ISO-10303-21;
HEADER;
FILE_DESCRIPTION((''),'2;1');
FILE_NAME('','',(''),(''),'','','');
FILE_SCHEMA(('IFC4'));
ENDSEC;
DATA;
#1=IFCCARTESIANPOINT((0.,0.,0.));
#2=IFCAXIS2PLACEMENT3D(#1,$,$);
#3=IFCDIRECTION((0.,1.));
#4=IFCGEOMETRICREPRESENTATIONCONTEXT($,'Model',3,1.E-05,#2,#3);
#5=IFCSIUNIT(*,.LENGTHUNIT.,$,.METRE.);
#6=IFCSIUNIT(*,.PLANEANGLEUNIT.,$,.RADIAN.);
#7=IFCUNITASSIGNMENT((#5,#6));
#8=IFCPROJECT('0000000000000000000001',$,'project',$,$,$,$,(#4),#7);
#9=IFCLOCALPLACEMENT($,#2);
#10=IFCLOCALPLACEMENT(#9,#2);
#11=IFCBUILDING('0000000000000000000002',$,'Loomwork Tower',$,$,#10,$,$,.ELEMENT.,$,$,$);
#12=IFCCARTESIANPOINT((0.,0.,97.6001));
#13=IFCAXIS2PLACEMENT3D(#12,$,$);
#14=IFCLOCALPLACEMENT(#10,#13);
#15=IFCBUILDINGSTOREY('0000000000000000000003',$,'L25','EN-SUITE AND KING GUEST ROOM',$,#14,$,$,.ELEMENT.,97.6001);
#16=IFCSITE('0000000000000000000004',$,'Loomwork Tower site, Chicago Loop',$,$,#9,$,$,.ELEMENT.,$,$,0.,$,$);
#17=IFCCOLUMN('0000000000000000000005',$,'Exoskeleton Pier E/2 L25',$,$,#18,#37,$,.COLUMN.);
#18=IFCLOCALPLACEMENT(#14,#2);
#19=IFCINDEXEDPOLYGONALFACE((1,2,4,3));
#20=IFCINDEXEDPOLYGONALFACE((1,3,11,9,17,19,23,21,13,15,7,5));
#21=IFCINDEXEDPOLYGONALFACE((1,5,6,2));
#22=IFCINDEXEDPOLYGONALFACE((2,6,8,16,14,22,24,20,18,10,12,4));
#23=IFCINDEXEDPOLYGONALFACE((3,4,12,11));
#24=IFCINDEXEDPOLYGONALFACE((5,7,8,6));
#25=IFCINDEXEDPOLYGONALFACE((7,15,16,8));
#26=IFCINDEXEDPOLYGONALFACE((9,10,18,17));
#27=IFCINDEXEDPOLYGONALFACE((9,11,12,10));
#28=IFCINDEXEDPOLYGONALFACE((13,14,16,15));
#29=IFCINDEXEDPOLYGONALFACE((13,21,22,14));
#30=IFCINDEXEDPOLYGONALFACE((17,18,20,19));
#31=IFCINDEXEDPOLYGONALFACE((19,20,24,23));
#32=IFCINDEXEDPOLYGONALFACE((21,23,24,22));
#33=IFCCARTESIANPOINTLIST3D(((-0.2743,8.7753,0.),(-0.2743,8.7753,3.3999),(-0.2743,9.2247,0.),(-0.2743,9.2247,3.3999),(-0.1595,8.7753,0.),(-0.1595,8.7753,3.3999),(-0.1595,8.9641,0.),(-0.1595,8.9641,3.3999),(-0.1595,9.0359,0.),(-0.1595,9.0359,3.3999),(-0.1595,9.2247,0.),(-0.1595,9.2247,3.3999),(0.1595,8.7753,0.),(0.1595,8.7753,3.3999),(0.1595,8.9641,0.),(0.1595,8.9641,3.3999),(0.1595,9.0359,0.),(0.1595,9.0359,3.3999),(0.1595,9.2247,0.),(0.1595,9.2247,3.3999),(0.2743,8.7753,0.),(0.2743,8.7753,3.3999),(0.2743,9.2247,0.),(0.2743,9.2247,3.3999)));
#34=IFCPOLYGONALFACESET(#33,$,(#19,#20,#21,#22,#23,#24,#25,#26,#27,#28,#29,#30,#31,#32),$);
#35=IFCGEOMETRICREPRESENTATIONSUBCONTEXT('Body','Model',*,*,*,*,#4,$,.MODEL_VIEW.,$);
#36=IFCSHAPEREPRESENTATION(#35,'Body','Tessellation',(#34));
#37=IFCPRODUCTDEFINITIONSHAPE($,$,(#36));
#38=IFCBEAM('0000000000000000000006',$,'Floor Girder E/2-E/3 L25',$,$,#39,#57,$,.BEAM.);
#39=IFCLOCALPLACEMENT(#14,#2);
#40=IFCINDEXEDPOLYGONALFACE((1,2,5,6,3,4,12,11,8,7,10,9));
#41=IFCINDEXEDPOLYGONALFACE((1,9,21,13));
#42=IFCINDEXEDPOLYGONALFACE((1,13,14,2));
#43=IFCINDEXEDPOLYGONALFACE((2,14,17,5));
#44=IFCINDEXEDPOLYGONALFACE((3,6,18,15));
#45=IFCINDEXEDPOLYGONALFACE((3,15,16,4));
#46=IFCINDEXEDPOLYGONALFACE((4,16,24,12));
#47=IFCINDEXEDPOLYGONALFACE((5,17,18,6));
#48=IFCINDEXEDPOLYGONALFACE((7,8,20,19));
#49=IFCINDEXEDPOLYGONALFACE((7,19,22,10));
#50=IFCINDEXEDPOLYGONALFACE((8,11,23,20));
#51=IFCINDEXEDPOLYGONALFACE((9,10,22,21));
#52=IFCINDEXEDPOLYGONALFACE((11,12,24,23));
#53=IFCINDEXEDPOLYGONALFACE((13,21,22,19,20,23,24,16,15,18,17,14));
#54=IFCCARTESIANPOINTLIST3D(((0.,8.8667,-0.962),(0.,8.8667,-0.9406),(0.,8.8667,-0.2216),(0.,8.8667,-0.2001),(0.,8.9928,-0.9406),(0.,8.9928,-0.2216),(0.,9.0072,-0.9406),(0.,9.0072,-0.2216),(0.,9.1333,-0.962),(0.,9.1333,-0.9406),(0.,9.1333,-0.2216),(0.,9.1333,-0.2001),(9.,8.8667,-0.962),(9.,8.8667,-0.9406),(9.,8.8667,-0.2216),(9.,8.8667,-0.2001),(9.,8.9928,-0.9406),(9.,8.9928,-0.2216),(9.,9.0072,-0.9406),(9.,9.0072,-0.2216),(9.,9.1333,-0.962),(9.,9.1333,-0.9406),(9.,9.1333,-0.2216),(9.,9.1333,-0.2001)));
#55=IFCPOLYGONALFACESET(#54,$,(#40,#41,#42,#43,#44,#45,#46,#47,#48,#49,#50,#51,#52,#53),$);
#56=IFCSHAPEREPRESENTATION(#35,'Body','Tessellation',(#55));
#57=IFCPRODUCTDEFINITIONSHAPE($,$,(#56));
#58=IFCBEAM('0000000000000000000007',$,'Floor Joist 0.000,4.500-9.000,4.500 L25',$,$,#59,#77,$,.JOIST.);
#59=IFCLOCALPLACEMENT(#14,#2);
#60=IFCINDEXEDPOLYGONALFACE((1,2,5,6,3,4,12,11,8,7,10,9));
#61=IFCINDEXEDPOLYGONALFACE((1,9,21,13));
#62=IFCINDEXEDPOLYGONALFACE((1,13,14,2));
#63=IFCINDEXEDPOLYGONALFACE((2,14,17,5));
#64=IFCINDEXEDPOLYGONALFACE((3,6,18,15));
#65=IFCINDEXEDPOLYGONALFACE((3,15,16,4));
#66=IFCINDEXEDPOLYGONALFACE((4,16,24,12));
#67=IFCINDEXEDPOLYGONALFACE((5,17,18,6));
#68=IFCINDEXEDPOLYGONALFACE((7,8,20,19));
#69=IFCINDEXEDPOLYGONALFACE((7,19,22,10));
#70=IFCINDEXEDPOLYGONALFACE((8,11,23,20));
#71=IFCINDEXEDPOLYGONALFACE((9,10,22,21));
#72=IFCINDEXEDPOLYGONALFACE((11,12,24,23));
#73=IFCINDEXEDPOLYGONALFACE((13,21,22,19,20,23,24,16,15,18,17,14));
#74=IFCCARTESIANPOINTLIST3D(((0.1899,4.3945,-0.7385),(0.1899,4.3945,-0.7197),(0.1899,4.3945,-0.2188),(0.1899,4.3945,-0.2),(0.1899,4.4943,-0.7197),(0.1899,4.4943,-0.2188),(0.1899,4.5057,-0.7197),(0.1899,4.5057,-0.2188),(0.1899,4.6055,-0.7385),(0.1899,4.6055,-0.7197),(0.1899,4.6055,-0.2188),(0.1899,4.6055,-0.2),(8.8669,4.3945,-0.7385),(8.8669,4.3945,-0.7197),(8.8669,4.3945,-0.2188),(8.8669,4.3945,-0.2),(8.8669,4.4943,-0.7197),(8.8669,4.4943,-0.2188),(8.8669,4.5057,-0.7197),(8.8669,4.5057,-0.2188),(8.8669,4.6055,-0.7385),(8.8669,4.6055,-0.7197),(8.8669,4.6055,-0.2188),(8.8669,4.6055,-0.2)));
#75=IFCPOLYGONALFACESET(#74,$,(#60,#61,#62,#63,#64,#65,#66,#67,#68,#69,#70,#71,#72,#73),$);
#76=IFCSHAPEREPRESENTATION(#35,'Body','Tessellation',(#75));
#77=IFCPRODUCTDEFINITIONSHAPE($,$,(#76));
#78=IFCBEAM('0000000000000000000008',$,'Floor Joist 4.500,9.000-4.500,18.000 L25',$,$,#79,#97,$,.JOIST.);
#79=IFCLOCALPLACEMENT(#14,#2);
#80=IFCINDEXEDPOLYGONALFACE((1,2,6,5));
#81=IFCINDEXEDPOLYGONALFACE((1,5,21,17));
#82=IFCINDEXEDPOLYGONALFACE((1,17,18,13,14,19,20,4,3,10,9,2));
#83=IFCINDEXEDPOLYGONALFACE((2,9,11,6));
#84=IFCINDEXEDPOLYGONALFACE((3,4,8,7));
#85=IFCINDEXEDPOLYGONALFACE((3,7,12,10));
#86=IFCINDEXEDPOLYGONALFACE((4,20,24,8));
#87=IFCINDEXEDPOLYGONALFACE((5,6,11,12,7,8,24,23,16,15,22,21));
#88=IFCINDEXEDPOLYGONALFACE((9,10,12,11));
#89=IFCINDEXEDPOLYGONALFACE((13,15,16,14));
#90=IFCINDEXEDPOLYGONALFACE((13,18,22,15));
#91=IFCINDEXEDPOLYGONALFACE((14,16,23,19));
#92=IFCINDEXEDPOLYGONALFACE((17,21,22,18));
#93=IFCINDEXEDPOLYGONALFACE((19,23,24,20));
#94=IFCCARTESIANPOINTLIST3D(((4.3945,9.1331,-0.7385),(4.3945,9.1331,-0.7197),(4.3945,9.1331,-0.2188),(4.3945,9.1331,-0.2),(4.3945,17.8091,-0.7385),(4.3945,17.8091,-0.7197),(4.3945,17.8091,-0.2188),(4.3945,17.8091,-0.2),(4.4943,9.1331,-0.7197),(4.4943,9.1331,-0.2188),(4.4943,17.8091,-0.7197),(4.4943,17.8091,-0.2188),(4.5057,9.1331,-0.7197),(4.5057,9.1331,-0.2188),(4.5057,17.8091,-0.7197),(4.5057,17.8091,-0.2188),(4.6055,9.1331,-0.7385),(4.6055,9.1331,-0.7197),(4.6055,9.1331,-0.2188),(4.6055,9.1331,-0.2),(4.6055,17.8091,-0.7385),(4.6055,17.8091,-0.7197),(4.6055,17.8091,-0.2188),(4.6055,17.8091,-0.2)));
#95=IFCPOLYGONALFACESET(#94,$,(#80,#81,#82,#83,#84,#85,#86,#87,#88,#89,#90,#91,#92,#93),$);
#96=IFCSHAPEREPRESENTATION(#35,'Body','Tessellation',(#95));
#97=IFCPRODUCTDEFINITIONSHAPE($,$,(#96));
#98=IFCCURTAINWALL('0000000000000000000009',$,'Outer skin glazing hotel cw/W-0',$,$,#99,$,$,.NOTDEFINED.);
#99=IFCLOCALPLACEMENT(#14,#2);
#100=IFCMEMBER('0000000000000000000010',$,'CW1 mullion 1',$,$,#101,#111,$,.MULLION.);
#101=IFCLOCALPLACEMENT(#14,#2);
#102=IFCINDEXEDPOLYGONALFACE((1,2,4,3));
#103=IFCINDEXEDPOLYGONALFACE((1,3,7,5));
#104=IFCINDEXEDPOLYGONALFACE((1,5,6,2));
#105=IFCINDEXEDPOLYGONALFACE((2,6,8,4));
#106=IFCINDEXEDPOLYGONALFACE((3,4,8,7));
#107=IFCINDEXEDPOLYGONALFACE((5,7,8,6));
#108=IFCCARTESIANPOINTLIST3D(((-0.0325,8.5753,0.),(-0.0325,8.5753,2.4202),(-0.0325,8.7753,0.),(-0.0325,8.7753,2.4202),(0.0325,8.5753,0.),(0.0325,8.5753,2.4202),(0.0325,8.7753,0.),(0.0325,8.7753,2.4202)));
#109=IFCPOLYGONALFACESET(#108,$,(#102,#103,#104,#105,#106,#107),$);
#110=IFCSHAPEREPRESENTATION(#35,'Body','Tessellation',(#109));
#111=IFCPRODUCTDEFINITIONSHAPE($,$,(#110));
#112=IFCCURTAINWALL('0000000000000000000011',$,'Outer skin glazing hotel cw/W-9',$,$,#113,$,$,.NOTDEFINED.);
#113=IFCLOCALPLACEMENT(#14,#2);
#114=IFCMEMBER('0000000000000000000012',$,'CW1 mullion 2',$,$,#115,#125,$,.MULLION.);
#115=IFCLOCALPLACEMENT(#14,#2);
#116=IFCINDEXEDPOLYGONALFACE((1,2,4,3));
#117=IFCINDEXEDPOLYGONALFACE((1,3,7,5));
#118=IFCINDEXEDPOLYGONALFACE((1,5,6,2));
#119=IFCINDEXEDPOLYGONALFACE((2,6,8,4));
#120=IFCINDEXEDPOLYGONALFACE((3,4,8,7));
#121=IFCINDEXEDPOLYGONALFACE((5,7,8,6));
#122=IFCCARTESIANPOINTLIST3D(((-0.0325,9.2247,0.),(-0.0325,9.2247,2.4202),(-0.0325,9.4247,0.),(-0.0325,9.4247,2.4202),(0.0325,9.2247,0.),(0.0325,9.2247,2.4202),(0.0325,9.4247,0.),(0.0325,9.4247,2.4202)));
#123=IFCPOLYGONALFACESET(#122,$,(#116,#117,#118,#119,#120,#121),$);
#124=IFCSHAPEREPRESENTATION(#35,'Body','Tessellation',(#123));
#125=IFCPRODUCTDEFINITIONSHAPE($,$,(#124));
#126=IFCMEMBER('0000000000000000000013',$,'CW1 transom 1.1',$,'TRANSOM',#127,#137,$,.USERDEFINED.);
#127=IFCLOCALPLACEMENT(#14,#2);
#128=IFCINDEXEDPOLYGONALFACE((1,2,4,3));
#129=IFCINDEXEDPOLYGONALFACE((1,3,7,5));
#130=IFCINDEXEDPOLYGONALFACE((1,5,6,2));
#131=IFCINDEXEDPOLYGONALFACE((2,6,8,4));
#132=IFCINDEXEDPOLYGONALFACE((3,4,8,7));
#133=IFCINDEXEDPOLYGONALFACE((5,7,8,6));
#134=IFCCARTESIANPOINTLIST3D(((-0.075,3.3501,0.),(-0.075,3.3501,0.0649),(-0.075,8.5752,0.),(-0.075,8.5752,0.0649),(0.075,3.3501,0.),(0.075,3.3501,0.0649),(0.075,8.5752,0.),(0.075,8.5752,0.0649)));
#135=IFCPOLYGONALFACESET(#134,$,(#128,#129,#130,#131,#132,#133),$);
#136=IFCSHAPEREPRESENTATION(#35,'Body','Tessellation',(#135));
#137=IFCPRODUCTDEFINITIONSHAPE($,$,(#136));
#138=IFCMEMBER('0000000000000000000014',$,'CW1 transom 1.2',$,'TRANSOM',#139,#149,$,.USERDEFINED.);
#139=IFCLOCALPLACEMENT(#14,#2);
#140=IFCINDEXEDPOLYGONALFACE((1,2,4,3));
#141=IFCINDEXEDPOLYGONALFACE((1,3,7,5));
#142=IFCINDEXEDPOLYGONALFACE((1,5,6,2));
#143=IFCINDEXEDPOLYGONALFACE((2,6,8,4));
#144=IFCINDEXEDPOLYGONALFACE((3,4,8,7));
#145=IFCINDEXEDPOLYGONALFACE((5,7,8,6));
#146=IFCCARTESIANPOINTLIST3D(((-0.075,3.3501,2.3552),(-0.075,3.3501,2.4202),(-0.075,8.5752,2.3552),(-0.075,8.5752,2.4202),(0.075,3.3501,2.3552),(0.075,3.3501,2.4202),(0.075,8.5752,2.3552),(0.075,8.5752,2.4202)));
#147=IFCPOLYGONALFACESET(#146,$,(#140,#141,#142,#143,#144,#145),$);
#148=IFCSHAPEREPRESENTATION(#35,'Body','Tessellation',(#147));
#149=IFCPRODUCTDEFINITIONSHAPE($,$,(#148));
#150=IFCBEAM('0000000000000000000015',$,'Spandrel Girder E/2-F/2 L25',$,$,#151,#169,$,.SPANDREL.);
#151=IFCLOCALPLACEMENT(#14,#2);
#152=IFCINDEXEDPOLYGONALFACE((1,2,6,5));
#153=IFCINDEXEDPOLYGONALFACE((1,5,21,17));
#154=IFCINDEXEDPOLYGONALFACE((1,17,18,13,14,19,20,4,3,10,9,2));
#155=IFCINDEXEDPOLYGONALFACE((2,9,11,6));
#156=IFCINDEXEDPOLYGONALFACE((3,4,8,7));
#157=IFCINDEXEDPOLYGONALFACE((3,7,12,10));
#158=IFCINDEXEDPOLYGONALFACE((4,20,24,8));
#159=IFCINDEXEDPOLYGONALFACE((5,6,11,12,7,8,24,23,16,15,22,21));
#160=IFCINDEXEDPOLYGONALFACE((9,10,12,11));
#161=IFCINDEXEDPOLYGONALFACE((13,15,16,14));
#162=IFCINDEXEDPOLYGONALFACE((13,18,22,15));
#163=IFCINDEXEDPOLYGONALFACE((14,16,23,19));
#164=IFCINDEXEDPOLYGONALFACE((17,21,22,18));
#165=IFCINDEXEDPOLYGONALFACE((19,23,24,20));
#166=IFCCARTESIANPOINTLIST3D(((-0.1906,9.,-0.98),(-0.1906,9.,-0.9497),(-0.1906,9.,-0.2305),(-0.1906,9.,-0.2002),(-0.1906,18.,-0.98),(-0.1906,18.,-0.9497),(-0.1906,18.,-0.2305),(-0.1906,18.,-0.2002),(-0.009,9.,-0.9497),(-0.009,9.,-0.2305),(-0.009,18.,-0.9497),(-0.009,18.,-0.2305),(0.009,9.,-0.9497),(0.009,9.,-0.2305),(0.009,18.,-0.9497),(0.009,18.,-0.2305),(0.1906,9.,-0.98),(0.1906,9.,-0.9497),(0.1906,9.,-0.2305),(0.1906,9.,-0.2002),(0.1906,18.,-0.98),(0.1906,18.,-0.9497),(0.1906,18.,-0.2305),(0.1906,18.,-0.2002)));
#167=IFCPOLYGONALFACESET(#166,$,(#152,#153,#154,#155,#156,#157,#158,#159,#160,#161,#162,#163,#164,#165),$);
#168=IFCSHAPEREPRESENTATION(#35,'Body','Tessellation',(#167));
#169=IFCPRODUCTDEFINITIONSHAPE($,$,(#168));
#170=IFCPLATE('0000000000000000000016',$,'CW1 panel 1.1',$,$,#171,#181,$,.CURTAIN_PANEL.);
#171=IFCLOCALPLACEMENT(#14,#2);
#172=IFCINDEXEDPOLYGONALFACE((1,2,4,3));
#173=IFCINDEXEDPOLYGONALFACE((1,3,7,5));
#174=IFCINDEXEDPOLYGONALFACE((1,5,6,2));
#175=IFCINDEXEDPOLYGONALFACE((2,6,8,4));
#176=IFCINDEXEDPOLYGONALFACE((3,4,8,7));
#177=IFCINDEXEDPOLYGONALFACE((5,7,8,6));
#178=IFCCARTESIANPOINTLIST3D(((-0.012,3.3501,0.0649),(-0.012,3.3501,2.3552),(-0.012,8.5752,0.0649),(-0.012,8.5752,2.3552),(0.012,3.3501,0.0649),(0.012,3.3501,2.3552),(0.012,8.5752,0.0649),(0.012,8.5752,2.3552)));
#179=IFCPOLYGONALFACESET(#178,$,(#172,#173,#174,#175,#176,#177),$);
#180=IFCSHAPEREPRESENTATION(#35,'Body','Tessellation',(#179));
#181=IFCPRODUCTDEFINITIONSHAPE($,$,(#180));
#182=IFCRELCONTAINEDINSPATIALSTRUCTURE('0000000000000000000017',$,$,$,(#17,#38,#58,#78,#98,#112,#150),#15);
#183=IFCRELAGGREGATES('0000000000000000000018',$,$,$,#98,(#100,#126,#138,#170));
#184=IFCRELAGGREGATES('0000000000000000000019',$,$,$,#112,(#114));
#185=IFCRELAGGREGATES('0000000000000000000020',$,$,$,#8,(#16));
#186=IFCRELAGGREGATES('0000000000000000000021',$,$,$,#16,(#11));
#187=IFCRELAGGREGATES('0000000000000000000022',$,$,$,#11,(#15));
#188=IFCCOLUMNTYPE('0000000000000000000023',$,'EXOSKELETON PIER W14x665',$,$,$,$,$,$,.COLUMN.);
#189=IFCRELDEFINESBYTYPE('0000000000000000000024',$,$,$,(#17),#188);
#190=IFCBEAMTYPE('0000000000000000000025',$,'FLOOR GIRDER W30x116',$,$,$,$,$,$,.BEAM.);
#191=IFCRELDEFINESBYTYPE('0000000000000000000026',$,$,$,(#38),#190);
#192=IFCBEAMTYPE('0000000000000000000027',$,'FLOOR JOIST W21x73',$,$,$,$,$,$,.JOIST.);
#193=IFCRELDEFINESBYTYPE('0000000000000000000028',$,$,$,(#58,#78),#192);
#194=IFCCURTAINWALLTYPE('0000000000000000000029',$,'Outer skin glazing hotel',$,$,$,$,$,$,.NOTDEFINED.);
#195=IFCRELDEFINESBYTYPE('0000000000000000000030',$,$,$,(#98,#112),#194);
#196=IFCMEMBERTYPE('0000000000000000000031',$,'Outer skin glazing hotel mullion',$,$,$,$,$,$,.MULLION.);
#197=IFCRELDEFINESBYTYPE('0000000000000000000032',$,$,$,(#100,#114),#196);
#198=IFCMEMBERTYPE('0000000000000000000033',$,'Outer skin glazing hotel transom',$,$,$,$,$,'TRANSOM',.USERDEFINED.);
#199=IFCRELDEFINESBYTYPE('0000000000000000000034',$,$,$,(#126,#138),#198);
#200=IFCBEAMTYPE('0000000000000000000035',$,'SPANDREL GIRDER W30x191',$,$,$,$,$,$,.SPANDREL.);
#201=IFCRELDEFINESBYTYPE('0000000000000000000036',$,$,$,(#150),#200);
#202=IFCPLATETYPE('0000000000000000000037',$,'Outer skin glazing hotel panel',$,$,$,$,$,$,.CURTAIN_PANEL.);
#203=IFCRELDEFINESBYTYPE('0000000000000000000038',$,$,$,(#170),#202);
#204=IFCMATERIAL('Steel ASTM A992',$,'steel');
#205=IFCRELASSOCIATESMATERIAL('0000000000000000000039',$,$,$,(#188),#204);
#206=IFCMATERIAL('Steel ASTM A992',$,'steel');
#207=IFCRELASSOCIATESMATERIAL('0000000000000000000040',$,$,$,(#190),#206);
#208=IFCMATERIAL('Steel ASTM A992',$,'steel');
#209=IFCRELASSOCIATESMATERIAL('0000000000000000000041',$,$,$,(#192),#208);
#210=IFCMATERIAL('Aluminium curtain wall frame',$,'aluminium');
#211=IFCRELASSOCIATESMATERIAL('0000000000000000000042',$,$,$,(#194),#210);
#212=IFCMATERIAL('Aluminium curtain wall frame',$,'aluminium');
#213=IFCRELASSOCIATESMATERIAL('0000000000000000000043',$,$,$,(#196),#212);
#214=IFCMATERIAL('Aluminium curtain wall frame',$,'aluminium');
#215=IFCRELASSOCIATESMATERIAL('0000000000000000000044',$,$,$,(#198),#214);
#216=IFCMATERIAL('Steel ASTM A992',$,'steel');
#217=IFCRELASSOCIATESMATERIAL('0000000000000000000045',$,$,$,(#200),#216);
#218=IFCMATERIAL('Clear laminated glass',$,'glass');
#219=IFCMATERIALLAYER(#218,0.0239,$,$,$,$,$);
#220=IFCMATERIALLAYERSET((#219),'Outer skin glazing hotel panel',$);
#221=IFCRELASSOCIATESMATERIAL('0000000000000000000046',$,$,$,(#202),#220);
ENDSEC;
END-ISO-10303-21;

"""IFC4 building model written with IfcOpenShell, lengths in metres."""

from ifc_helpers import new_model, si_unit, direction, frame, origin, origin_2d, place, context, subcontext, project, spatial, rectangle, i_section, extrude, material, layer, layer_set, material_profile, profile_set, type_object, element, aggregate, save


model = new_model("IFC4")

# Units and contexts
model_context = context("Model", 3, precision=1e-05, world=origin(), true_north=direction((0.0, 1.0)))
body_context = subcontext(model_context, "Body", "Model", "MODEL_VIEW")
ifc_project = project(units=[si_unit("LENGTHUNIT", "METRE"), si_unit("PLANEANGLEUNIT", "RADIAN")], contexts=[model_context])

# Site, building, storey
site_placement = place(None, origin())
site = spatial("IfcSite", under=ifc_project, at=site_placement, Name="Loomwork Tower site, Chicago Loop", CompositionType="ELEMENT", RefElevation=0.0)
building_placement = place(site_placement, origin())
building = spatial("IfcBuilding", under=site, at=building_placement, Name="Loomwork Tower", CompositionType="ELEMENT")
storey_placement = place(building_placement, frame((0.0, 0.0, 97.6001)))
storey = spatial("IfcBuildingStorey", under=building, at=storey_placement, Name="L25", Description="EN-SUITE AND KING GUEST ROOM", CompositionType="ELEMENT", Elevation=97.6001)

# Column
ifc_material_1 = material(Name="Steel ASTM A992", Category="steel")
ifc_material_profile_1 = material_profile(ifc_material_1, i_section(OverallWidth=0.4495, OverallDepth=0.5486, WebThickness=0.0718, FlangeThickness=0.1147, at=origin_2d()), Name="W14x665")
ifc_profile_set_1 = profile_set([ifc_material_profile_1], Name="Steel ASTM A992")
column_type = type_object("IfcColumnType", Name="EXOSKELETON PIER W14x665", PredefinedType="COLUMN", material=ifc_profile_set_1)
column_placement = place(storey_placement, frame((0.0, 9.0, 0.0), z_axis=(0.0, 0.0, 1.0), x_axis=(0.0, 1.0, 0.0)))
element("IfcColumn", 1, at=column_placement, inside=storey, type_object=column_type, Name="Exoskeleton Pier E/2 L25", PredefinedType="COLUMN", context=body_context, shape_type="SweptSolid", body=[
    extrude(i_section(OverallWidth=0.4495, OverallDepth=0.5486, WebThickness=0.0718, FlangeThickness=0.1147, at=origin_2d()), origin(), (0.0, 0.0, 1.0), 3.3999),
])

# Beams
ifc_material_2 = material(Name="Steel ASTM A992", Category="steel")
ifc_material_profile_2 = material_profile(ifc_material_2, i_section(OverallWidth=0.2666, OverallDepth=0.762, WebThickness=0.0144, FlangeThickness=0.0215, at=origin_2d()), Name="W30x116")
ifc_profile_set_2 = profile_set([ifc_material_profile_2], Name="Steel ASTM A992")
beam_type_1 = type_object("IfcBeamType", Name="FLOOR GIRDER W30x116", PredefinedType="BEAM", material=ifc_profile_set_2)
beam_1_placement = place(storey_placement, frame((0.0, 9.0, -0.5811), z_axis=(1.0, 0.0, 0.0), x_axis=(0.0, 1.0, 0.0)))
element("IfcBeam", 2, at=beam_1_placement, inside=storey, type_object=beam_type_1, Name="Floor Girder E/2-E/3 L25", PredefinedType="BEAM", context=body_context, shape_type="SweptSolid", body=[
    extrude(i_section(OverallWidth=0.2666, OverallDepth=0.762, WebThickness=0.0144, FlangeThickness=0.0215, at=origin_2d()), origin(), (0.0, 0.0, 1.0), 9.0),
])
ifc_material_3 = material(Name="Steel ASTM A992", Category="steel")
ifc_material_profile_3 = material_profile(ifc_material_3, i_section(OverallWidth=0.2109, OverallDepth=0.5386, WebThickness=0.0115, FlangeThickness=0.0188, at=origin_2d()), Name="W21x73")
ifc_profile_set_3 = profile_set([ifc_material_profile_3], Name="Steel ASTM A992")
beam_type_2 = type_object("IfcBeamType", Name="FLOOR JOIST W21x73", PredefinedType="JOIST", material=ifc_profile_set_3)
beam_2_placement = place(storey_placement, frame((0.1899, 4.5, -0.4692), z_axis=(1.0, 0.0, 0.0), x_axis=(0.0, 1.0, 0.0)))
element("IfcBeam", 3, at=beam_2_placement, inside=storey, type_object=beam_type_2, Name="Floor Joist 0.000,4.500-9.000,4.500 L25", PredefinedType="JOIST", context=body_context, shape_type="SweptSolid", body=[
    extrude(i_section(OverallWidth=0.2109, OverallDepth=0.5386, WebThickness=0.0115, FlangeThickness=0.0188, at=origin_2d()), origin(), (0.0, 0.0, 1.0), 8.677),
])
beam_3_placement = place(storey_placement, frame((4.5, 9.1331, -0.4692), z_axis=(0.0, 1.0, 0.0), x_axis=(-1.0, 0.0, 0.0)))
element("IfcBeam", 4, at=beam_3_placement, inside=storey, type_object=beam_type_2, Name="Floor Joist 4.500,9.000-4.500,18.000 L25", PredefinedType="JOIST", context=body_context, shape_type="SweptSolid", body=[
    extrude(i_section(OverallWidth=0.2109, OverallDepth=0.5386, WebThickness=0.0115, FlangeThickness=0.0188, at=origin_2d()), origin(), (0.0, 0.0, 1.0), 8.676),
])

# Curtain walls, members
ifc_material_4 = material(Name="Aluminium curtain wall frame", Category="aluminium")
curtain_wall_type = type_object("IfcCurtainWallType", Name="Outer skin glazing hotel", PredefinedType="NOTDEFINED", material=ifc_material_4)
curtain_wall_1_placement = place(storey_placement, origin())
curtain_wall_1 = element("IfcCurtainWall", 5, at=curtain_wall_1_placement, inside=storey, type_object=curtain_wall_type, Name="Outer skin glazing hotel cw/W-0", PredefinedType="NOTDEFINED")
ifc_material_5 = material(Name="Aluminium curtain wall frame", Category="aluminium")
ifc_material_profile_4 = material_profile(ifc_material_5, rectangle(XDim=0.0649, YDim=0.2, at=origin_2d()), Name="AL 65x200")
ifc_profile_set_4 = profile_set([ifc_material_profile_4], Name="Aluminium curtain wall frame")
member_type_1 = type_object("IfcMemberType", Name="Outer skin glazing hotel mullion", PredefinedType="MULLION", material=ifc_profile_set_4)
member_1_placement = place(storey_placement, frame((0.0, 8.6753, 0.0), z_axis=(0.0, 0.0, 1.0), x_axis=(1.0, 0.0, 0.0)))
member_1 = element("IfcMember", 6, at=member_1_placement, type_object=member_type_1, Name="CW1 mullion 1", PredefinedType="MULLION", context=body_context, shape_type="SweptSolid", body=[
    extrude(rectangle(XDim=0.0649, YDim=0.2, at=origin_2d()), origin(), (0.0, 0.0, 1.0), 2.4202),
])
curtain_wall_2_placement = place(storey_placement, origin())
curtain_wall_2 = element("IfcCurtainWall", 7, at=curtain_wall_2_placement, inside=storey, type_object=curtain_wall_type, Name="Outer skin glazing hotel cw/W-9", PredefinedType="NOTDEFINED")
member_2_placement = place(storey_placement, frame((0.0, 9.3247, 0.0), z_axis=(0.0, 0.0, 1.0), x_axis=(1.0, 0.0, 0.0)))
member_2 = element("IfcMember", 8, at=member_2_placement, type_object=member_type_1, Name="CW1 mullion 2", PredefinedType="MULLION", context=body_context, shape_type="SweptSolid", body=[
    extrude(rectangle(XDim=0.0649, YDim=0.2, at=origin_2d()), origin(), (0.0, 0.0, 1.0), 2.4202),
])

# Members
ifc_material_6 = material(Name="Aluminium curtain wall frame", Category="aluminium")
ifc_material_profile_5 = material_profile(ifc_material_6, rectangle(XDim=0.1499, YDim=0.0649, at=origin_2d()), Name="AL 65x150")
ifc_profile_set_5 = profile_set([ifc_material_profile_5], Name="Aluminium curtain wall frame")
member_type_2 = type_object("IfcMemberType", Name="Outer skin glazing hotel transom", ElementType="TRANSOM", PredefinedType="USERDEFINED", material=ifc_profile_set_5)
member_3_placement = place(storey_placement, frame((0.0, 8.5752, 0.0325), z_axis=(0.0, -1.0, 0.0), x_axis=(1.0, 0.0, 0.0)))
member_3 = element("IfcMember", 9, at=member_3_placement, type_object=member_type_2, Name="CW1 transom 1.1", ObjectType="TRANSOM", PredefinedType="USERDEFINED", context=body_context, shape_type="SweptSolid", body=[
    extrude(rectangle(XDim=0.1499, YDim=0.0649, at=origin_2d()), origin(), (0.0, 0.0, 1.0), 5.2251),
])
member_4_placement = place(storey_placement, frame((0.0, 8.5752, 2.3877), z_axis=(0.0, -1.0, 0.0), x_axis=(1.0, 0.0, 0.0)))
member_4 = element("IfcMember", 10, at=member_4_placement, type_object=member_type_2, Name="CW1 transom 1.2", ObjectType="TRANSOM", PredefinedType="USERDEFINED", context=body_context, shape_type="SweptSolid", body=[
    extrude(rectangle(XDim=0.1499, YDim=0.0649, at=origin_2d()), origin(), (0.0, 0.0, 1.0), 5.2251),
])

# Beam
ifc_material_7 = material(Name="Steel ASTM A992", Category="steel")
ifc_material_profile_6 = material_profile(ifc_material_7, i_section(OverallWidth=0.3811, OverallDepth=0.7798, WebThickness=0.0181, FlangeThickness=0.0303, at=origin_2d()), Name="W30x191")
ifc_profile_set_6 = profile_set([ifc_material_profile_6], Name="Steel ASTM A992")
beam_type_3 = type_object("IfcBeamType", Name="SPANDREL GIRDER W30x191", PredefinedType="SPANDREL", material=ifc_profile_set_6)
beam_4_placement = place(storey_placement, frame((0.0, 9.0, -0.5901), z_axis=(0.0, 1.0, 0.0), x_axis=(-1.0, 0.0, 0.0)))
element("IfcBeam", 11, at=beam_4_placement, inside=storey, type_object=beam_type_3, Name="Spandrel Girder E/2-F/2 L25", PredefinedType="SPANDREL", context=body_context, shape_type="SweptSolid", body=[
    extrude(i_section(OverallWidth=0.3811, OverallDepth=0.7798, WebThickness=0.0181, FlangeThickness=0.0303, at=origin_2d()), origin(), (0.0, 0.0, 1.0), 9.0),
])

# Plate
ifc_material_8 = material(Name="Clear laminated glass", Category="glass")
ifc_layer_1 = layer(ifc_material_8, 0.0239)
ifc_layer_set_1 = layer_set([ifc_layer_1], Name="Outer skin glazing hotel panel")
plate_type = type_object("IfcPlateType", Name="Outer skin glazing hotel panel", PredefinedType="CURTAIN_PANEL", material=ifc_layer_set_1)
plate_1_placement = place(storey_placement, frame((0.0, 5.9626, 0.0649), z_axis=(0.0, 0.0, 1.0), x_axis=(0.0, -1.0, 0.0)))
plate_1 = element("IfcPlate", 12, at=plate_1_placement, type_object=plate_type, Name="CW1 panel 1.1", PredefinedType="CURTAIN_PANEL", context=body_context, shape_type="SweptSolid", body=[
    extrude(rectangle(XDim=5.2251, YDim=0.0239, at=origin_2d()), origin(), (0.0, 0.0, 1.0), 2.2903),
])
aggregate(curtain_wall_1, [member_1, member_3, member_4, plate_1])
aggregate(curtain_wall_2, [member_2])

save(model, "model.ifc")
